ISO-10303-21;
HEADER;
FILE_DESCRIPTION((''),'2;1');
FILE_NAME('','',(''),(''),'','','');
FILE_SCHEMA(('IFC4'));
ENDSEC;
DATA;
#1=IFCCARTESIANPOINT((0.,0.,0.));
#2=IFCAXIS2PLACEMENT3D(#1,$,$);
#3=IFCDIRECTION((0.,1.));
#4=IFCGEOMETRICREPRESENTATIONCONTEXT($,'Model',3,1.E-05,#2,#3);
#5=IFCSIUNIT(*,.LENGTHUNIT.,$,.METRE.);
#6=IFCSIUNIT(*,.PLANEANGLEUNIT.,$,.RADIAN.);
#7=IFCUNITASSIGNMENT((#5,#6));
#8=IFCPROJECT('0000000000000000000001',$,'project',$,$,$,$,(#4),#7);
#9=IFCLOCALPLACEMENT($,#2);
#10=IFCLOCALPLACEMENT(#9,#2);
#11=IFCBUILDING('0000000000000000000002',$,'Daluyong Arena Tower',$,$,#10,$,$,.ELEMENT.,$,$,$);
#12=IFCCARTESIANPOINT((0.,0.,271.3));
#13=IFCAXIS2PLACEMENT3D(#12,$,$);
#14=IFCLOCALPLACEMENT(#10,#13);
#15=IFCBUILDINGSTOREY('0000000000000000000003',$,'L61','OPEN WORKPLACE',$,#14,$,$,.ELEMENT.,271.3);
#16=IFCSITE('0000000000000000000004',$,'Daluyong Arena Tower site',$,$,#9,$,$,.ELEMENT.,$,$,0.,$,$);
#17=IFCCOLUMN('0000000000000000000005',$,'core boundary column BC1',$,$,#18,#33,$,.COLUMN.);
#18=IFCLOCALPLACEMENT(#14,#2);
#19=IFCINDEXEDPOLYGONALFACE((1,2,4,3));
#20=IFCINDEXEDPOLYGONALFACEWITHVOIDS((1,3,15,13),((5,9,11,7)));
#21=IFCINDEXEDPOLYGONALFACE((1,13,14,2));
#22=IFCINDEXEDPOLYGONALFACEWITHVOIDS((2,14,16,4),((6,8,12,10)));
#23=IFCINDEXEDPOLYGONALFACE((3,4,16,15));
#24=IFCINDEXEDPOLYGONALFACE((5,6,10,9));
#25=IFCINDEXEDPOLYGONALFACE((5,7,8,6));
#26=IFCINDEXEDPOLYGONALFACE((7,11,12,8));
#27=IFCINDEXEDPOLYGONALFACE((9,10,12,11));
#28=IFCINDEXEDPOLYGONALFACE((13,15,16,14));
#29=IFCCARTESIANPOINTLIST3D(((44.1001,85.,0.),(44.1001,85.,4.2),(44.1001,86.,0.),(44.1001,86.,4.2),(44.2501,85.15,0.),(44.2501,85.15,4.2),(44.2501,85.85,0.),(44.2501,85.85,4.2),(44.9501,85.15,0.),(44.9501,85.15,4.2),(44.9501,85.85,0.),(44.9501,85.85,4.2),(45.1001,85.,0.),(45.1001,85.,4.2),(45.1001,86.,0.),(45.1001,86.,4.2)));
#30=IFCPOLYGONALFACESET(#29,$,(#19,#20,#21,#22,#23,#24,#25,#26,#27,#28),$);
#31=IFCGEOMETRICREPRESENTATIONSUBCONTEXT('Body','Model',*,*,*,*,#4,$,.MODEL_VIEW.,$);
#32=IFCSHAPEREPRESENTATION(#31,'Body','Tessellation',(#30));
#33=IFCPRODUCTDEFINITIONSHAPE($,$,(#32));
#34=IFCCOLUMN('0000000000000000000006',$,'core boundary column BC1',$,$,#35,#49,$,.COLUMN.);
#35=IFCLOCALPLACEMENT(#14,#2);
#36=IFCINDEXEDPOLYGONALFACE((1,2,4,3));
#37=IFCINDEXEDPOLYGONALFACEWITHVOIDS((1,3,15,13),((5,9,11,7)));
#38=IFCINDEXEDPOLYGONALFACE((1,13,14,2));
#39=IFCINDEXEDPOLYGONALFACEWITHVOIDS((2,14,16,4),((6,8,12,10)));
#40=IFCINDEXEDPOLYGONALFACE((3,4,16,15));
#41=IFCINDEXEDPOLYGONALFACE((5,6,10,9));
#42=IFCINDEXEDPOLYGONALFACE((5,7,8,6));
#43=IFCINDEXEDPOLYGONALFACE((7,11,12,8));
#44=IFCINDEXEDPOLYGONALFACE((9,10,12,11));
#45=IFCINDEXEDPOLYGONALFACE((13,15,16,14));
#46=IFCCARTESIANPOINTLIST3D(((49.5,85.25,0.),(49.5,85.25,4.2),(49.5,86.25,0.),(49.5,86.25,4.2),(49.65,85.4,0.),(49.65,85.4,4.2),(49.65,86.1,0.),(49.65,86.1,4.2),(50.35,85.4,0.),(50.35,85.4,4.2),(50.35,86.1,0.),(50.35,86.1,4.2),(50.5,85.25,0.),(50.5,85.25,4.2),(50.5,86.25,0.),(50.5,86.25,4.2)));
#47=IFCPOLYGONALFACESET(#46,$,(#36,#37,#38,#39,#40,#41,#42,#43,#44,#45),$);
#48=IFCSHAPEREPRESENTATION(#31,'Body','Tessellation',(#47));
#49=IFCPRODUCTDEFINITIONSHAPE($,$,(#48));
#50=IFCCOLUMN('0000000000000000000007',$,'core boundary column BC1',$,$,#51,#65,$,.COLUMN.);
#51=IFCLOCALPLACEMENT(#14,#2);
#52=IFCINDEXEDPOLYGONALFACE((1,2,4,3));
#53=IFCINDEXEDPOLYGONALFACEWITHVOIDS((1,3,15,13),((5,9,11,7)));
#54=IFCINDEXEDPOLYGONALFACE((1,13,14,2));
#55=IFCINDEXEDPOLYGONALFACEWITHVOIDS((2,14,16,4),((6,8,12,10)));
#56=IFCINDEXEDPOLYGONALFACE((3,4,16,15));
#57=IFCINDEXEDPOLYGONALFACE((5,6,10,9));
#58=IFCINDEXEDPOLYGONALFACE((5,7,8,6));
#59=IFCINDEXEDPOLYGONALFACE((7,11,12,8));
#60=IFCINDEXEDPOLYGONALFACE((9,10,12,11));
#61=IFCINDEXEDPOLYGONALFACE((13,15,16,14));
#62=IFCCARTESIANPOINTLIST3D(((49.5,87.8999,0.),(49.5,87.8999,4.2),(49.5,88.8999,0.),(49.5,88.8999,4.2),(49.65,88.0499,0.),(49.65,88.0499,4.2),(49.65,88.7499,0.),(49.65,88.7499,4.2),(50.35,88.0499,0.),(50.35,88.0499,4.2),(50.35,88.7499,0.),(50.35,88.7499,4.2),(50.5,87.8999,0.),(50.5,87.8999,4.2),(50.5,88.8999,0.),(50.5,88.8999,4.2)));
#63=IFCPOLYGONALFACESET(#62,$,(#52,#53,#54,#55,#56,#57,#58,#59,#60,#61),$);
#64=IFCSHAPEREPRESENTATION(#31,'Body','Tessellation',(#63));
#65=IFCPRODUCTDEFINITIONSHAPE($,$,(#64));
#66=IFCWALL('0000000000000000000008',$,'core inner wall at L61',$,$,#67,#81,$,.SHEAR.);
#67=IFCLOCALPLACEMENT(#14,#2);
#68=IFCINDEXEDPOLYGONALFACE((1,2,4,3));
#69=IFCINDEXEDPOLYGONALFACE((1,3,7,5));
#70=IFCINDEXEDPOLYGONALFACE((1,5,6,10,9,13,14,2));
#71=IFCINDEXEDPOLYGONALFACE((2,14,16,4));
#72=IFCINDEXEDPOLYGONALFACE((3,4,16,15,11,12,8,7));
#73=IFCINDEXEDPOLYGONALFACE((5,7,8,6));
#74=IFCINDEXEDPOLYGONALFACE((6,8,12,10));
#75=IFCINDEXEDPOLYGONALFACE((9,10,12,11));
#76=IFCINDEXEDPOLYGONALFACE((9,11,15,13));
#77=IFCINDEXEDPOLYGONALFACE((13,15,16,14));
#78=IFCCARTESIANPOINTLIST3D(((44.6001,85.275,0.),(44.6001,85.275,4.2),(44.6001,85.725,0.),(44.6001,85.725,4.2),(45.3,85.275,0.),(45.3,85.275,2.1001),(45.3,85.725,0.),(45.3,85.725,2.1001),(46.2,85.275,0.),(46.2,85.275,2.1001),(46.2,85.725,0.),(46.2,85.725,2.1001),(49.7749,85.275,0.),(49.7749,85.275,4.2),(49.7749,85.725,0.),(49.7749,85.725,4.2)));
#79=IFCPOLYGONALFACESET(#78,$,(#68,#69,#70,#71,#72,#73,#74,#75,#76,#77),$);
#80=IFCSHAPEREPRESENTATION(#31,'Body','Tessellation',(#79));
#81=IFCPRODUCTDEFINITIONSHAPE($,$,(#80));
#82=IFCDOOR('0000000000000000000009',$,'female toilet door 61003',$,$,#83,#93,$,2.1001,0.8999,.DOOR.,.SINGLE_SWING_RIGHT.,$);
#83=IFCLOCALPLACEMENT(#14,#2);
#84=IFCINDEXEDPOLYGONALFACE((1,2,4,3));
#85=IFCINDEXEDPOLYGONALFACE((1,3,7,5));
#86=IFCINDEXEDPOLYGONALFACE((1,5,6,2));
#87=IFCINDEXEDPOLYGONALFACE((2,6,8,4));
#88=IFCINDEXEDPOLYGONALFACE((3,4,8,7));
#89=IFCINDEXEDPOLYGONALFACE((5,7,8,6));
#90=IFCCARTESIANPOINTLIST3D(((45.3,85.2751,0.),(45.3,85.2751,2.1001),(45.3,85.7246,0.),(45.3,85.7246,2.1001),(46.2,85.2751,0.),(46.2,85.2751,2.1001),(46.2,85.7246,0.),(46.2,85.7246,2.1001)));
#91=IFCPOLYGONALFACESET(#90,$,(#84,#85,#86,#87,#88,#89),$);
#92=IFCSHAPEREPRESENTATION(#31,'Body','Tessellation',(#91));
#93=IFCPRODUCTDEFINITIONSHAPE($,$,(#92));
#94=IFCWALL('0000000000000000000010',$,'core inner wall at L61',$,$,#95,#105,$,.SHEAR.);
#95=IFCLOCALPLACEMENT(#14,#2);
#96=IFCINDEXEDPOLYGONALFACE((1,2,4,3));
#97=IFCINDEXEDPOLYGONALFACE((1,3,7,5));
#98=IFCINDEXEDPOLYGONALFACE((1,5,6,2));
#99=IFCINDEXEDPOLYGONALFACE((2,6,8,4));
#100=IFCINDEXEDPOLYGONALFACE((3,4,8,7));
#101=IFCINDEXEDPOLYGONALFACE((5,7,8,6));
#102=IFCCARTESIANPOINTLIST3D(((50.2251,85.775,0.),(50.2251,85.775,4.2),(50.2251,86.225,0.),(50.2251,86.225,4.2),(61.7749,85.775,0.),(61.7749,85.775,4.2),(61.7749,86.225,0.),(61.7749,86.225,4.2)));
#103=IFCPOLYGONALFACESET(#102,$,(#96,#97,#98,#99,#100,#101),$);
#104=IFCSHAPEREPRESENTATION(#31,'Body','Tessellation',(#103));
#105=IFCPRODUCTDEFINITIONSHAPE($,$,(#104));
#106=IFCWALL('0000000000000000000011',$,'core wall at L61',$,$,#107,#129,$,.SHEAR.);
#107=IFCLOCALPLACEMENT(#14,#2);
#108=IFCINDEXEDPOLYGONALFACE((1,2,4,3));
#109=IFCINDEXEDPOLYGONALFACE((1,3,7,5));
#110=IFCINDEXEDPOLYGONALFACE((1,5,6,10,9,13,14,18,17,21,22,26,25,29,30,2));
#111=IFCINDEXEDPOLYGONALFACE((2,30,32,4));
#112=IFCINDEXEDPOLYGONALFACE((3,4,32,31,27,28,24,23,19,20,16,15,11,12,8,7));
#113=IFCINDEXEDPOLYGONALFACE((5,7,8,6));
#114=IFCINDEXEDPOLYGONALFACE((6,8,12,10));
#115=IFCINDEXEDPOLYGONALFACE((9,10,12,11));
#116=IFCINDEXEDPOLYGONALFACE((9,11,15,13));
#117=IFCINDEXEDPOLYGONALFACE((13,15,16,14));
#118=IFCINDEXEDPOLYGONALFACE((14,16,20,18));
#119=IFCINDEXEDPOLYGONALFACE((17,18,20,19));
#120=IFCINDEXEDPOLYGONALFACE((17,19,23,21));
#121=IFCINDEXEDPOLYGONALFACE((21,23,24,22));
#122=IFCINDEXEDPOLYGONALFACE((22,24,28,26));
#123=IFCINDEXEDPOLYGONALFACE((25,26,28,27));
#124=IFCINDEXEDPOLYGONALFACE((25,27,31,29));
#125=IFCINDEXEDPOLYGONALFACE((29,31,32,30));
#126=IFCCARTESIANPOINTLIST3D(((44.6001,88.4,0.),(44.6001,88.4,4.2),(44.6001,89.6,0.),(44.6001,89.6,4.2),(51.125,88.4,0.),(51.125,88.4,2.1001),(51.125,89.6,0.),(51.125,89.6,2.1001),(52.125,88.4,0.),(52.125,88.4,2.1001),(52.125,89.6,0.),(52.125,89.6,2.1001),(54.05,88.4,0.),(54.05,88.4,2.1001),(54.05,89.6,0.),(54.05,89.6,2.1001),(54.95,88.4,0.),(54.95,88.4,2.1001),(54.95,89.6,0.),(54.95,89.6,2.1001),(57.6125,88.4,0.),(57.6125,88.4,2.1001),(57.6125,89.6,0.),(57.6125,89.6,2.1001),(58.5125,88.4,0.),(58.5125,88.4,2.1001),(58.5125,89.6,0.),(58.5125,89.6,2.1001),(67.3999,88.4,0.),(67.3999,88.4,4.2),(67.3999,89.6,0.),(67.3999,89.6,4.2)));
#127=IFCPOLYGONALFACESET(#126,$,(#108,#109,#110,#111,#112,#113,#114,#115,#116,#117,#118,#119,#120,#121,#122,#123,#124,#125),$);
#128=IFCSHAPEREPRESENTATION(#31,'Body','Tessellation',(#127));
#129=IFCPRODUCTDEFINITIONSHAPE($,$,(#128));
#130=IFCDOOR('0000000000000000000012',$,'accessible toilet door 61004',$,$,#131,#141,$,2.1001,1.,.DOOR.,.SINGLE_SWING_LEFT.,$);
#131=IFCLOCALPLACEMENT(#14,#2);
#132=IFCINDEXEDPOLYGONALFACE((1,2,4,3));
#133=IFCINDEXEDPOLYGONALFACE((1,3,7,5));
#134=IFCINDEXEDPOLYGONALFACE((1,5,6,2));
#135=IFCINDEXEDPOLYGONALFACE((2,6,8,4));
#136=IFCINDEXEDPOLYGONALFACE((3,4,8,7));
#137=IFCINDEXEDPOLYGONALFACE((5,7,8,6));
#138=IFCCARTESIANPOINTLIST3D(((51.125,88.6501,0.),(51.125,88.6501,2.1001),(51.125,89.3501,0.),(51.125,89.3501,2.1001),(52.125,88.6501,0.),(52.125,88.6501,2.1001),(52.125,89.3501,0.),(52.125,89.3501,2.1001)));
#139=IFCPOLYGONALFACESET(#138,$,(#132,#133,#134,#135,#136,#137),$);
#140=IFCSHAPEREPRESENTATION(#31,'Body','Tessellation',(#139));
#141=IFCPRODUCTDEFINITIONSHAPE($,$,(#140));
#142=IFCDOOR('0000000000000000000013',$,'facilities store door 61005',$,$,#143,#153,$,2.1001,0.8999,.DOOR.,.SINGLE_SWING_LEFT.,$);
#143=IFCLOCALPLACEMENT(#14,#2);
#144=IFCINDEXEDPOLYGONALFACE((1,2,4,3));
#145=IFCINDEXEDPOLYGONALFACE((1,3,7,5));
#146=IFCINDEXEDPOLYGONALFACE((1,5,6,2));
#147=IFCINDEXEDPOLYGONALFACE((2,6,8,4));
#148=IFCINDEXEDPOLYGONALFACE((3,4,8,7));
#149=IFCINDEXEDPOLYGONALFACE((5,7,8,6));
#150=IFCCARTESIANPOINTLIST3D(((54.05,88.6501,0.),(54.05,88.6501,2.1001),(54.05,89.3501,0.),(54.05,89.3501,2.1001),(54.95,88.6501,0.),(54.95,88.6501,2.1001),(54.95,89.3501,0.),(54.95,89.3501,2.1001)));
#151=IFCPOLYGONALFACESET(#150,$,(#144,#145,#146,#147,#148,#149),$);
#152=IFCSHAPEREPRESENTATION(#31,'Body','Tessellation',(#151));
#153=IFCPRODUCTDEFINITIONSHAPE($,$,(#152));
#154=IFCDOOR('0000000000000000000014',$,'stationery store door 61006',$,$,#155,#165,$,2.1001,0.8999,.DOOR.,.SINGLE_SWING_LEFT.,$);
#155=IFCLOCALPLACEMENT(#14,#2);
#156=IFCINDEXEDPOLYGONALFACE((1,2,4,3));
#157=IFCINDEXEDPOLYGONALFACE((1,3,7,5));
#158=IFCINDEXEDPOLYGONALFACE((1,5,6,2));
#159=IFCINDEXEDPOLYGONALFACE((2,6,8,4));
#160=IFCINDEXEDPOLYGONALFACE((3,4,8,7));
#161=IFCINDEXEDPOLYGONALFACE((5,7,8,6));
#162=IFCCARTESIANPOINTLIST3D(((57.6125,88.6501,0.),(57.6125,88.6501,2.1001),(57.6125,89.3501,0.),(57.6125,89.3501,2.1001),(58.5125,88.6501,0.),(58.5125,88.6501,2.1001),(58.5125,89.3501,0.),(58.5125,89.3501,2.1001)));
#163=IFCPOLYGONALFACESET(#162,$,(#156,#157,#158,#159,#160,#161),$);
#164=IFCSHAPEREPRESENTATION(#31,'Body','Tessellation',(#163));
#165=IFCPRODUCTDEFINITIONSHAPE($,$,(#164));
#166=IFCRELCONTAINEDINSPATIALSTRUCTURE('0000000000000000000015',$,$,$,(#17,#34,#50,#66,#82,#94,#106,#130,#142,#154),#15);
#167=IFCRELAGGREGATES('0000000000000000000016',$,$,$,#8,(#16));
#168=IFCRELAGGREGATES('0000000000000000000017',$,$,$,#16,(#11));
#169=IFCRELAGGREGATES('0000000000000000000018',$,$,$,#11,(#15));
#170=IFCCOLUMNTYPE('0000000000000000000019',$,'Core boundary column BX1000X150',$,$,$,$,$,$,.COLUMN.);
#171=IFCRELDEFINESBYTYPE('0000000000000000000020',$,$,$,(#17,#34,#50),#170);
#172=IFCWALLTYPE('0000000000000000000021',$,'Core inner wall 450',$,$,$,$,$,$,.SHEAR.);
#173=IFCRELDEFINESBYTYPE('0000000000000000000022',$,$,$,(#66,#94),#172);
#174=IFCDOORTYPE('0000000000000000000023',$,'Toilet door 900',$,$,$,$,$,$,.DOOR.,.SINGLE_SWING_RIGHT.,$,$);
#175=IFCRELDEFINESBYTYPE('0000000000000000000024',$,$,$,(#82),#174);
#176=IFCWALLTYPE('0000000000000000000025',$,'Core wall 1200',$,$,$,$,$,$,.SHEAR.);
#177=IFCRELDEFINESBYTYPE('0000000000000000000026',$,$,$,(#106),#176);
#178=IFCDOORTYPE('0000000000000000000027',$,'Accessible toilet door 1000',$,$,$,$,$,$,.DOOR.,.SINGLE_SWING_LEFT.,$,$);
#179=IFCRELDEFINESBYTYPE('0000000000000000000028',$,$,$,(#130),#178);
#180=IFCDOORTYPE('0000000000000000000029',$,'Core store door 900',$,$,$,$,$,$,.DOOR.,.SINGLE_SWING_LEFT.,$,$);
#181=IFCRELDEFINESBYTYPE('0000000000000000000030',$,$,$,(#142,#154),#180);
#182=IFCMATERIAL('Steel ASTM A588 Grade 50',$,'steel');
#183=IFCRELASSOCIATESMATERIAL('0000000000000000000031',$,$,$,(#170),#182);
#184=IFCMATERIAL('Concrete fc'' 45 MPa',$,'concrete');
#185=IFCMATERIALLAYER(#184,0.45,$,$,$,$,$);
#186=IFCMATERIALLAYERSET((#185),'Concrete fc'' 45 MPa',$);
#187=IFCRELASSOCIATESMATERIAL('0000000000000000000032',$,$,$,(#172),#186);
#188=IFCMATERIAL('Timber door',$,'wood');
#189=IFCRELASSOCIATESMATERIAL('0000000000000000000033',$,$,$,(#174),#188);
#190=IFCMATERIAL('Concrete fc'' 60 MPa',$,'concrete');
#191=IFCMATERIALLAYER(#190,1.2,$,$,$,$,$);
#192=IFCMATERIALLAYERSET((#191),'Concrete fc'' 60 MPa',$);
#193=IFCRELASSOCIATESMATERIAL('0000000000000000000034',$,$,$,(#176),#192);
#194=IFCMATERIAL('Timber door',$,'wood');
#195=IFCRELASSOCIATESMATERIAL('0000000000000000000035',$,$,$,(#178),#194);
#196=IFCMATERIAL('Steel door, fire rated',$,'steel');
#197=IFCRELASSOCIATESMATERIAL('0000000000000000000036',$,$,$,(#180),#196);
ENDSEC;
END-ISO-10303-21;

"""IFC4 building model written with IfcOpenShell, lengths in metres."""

from ifc_helpers import new_model, si_unit, direction, frame, frame_2d, origin, origin_2d, place, context, subcontext, project, spatial, rectangle, hollow_rectangle, extrude, material, layer, layer_set, material_profile, profile_set, type_object, element, fill, save


model = new_model("IFC4")

# Units and contexts
model_context = context("Model", 3, precision=1e-05, world=origin(), true_north=direction((0.0, 1.0)))
body_context = subcontext(model_context, "Body", "Model", "MODEL_VIEW")
ifc_project = project(units=[si_unit("LENGTHUNIT", "METRE"), si_unit("PLANEANGLEUNIT", "RADIAN")], contexts=[model_context])

# Site, building, storey
site_placement = place(None, origin())
site = spatial("IfcSite", under=ifc_project, at=site_placement, Name="Daluyong Arena Tower site", CompositionType="ELEMENT", RefElevation=0.0)
building_placement = place(site_placement, origin())
building = spatial("IfcBuilding", under=site, at=building_placement, Name="Daluyong Arena Tower", CompositionType="ELEMENT")
storey_placement = place(building_placement, frame((0.0, 0.0, 271.3)))
storey = spatial("IfcBuildingStorey", under=building, at=storey_placement, Name="L61", Description="OPEN WORKPLACE", CompositionType="ELEMENT", Elevation=271.3)

# Columns
ifc_material_1 = material(Name="Steel ASTM A588 Grade 50", Category="steel")
ifc_material_profile = material_profile(ifc_material_1, hollow_rectangle(XDim=1.0, YDim=1.0, WallThickness=0.15, at=origin_2d()))
ifc_profile_set = profile_set([ifc_material_profile], Name="Steel ASTM A588 Grade 50")
column_type = type_object("IfcColumnType", Name="Core boundary column BX1000X150", PredefinedType="COLUMN", material=ifc_profile_set)
for number, where, z_axis, x_axis, name in (
    (1, (44.6001, 85.5, 0.0), (0.0, 0.0, 1.0), (1.0, 0.0, 0.0), "core boundary column BC1"),
    (2, (50.0, 85.75, 0.0), (0.0, 0.0, 1.0), (1.0, 0.0, 0.0), "core boundary column BC1"),
    (3, (50.0, 88.3999, 0.0), (0.0, 0.0, 1.0), (1.0, 0.0, 0.0), "core boundary column BC1"),
):
    element("IfcColumn", number, at=place(storey_placement, frame(where, z_axis=z_axis, x_axis=x_axis)), inside=storey, type_object=column_type, Name=name, PredefinedType="COLUMN", context=body_context, shape_type="SweptSolid", body=[
        extrude(hollow_rectangle(XDim=1.0, YDim=1.0, WallThickness=0.15, at=origin_2d()), origin(), (0.0, 0.0, 1.0), 4.2),
    ])

# Wall, opening, door
ifc_material_2 = material(Name="Concrete fc' 45 MPa", Category="concrete")
ifc_layer_1 = layer(ifc_material_2, 0.45)
ifc_layer_set_1 = layer_set([ifc_layer_1], Name="Concrete fc' 45 MPa")
wall_type_1 = type_object("IfcWallType", Name="Core inner wall 450", PredefinedType="SHEAR", material=ifc_layer_set_1)
wall_1_placement = place(storey_placement, frame((44.6001, 85.5, 0.0), z_axis=(0.0, 0.0, 1.0), x_axis=(1.0, 0.0, 0.0)))
wall_1 = element("IfcWall", 4, at=wall_1_placement, inside=storey, type_object=wall_type_1, Name="core inner wall at L61", PredefinedType="SHEAR", context=body_context, shape_type="SweptSolid", body=[
    extrude(rectangle(XDim=5.1748, YDim=0.45, at=frame_2d((2.5874, 0.0))), origin(), (0.0, 0.0, 1.0), 4.2),
])
opening_1_placement = place(wall_1_placement, frame((0.7, 0.0, 0.0)))
opening_1 = element("IfcOpeningElement", 5, at=opening_1_placement, cuts=wall_1, PredefinedType="OPENING", context=body_context, shape_type="SweptSolid", body=[
    extrude(rectangle(XDim=0.8999, YDim=2.1001, at=frame_2d((0.45, 1.05))), frame((0.0, 0.2349, 0.0), z_axis=(0.0, -1.0, 0.0), x_axis=(1.0, 0.0, 0.0)), (0.0, 0.0, 1.0), 0.47),
])
ifc_material_3 = material(Name="Timber door", Category="wood")
door_type_1 = type_object("IfcDoorType", Name="Toilet door 900", OperationType="SINGLE_SWING_RIGHT", PredefinedType="DOOR", material=ifc_material_3)
door_1_placement = place(opening_1_placement, origin())
door_1 = element("IfcDoor", 6, at=door_1_placement, inside=storey, type_object=door_type_1, Name="female toilet door 61003", OperationType="SINGLE_SWING_RIGHT", OverallHeight=2.1001, OverallWidth=0.8999, PredefinedType="DOOR", context=body_context, shape_type="SweptSolid", body=[
    extrude(rectangle(XDim=0.8999, YDim=2.1001, at=frame_2d((0.45, 1.05))), frame((0.0, 0.2246, 0.0), z_axis=(0.0, -1.0, 0.0), x_axis=(1.0, 0.0, 0.0)), (0.0, 0.0, 1.0), 0.4495),
])
fill(opening_1, door_1)

# Wall
wall_2_placement = place(storey_placement, frame((50.2251, 86.0, 0.0), z_axis=(0.0, 0.0, 1.0), x_axis=(1.0, 0.0, 0.0)))
element("IfcWall", 7, at=wall_2_placement, inside=storey, type_object=wall_type_1, Name="core inner wall at L61", PredefinedType="SHEAR", context=body_context, shape_type="SweptSolid", body=[
    extrude(rectangle(XDim=11.5498, YDim=0.45, at=frame_2d((5.7749, 0.0))), origin(), (0.0, 0.0, 1.0), 4.2),
])

# Wall, openings, doors
ifc_material_4 = material(Name="Concrete fc' 60 MPa", Category="concrete")
ifc_layer_2 = layer(ifc_material_4, 1.2)
ifc_layer_set_2 = layer_set([ifc_layer_2], Name="Concrete fc' 60 MPa")
wall_type_2 = type_object("IfcWallType", Name="Core wall 1200", PredefinedType="SHEAR", material=ifc_layer_set_2)
wall_3_placement = place(storey_placement, frame((44.6001, 89.0, 0.0), z_axis=(0.0, 0.0, 1.0), x_axis=(1.0, 0.0, 0.0)))
wall_3 = element("IfcWall", 8, at=wall_3_placement, inside=storey, type_object=wall_type_2, Name="core wall at L61", PredefinedType="SHEAR", context=body_context, shape_type="SweptSolid", body=[
    extrude(rectangle(XDim=22.7998, YDim=1.2, at=frame_2d((11.3999, 0.0))), origin(), (0.0, 0.0, 1.0), 4.2),
])
opening_2_placement = place(wall_3_placement, frame((6.5249, 0.0, 0.0)))
opening_2 = element("IfcOpeningElement", 9, at=opening_2_placement, cuts=wall_3, PredefinedType="OPENING", context=body_context, shape_type="SweptSolid", body=[
    extrude(rectangle(XDim=1.0, YDim=2.1001, at=frame_2d((0.5, 1.05))), frame((0.0, 0.6099, 0.0), z_axis=(0.0, -1.0, 0.0), x_axis=(1.0, 0.0, 0.0)), (0.0, 0.0, 1.0), 1.22),
])
opening_3_placement = place(wall_3_placement, frame((9.45, 0.0, 0.0)))
opening_3 = element("IfcOpeningElement", 10, at=opening_3_placement, cuts=wall_3, PredefinedType="OPENING", context=body_context, shape_type="SweptSolid", body=[
    extrude(rectangle(XDim=0.8999, YDim=2.1001, at=frame_2d((0.45, 1.05))), frame((0.0, 0.6099, 0.0), z_axis=(0.0, -1.0, 0.0), x_axis=(1.0, 0.0, 0.0)), (0.0, 0.0, 1.0), 1.22),
])
opening_4_placement = place(wall_3_placement, frame((13.0125, 0.0, 0.0)))
opening_4 = element("IfcOpeningElement", 11, at=opening_4_placement, cuts=wall_3, PredefinedType="OPENING", context=body_context, shape_type="SweptSolid", body=[
    extrude(rectangle(XDim=0.8999, YDim=2.1001, at=frame_2d((0.45, 1.05))), frame((0.0, 0.6099, 0.0), z_axis=(0.0, -1.0, 0.0), x_axis=(1.0, 0.0, 0.0)), (0.0, 0.0, 1.0), 1.22),
])
ifc_material_5 = material(Name="Timber door", Category="wood")
door_type_2 = type_object("IfcDoorType", Name="Accessible toilet door 1000", OperationType="SINGLE_SWING_LEFT", PredefinedType="DOOR", material=ifc_material_5)
door_2_placement = place(opening_2_placement, origin())
door_2 = element("IfcDoor", 12, at=door_2_placement, inside=storey, type_object=door_type_2, Name="accessible toilet door 61004", OperationType="SINGLE_SWING_LEFT", OverallHeight=2.1001, OverallWidth=1.0, PredefinedType="DOOR", context=body_context, shape_type="SweptSolid", body=[
    extrude(rectangle(XDim=1.0, YDim=2.1001, at=frame_2d((0.5, 1.05))), frame((0.0, 0.3501, 0.0), z_axis=(0.0, -1.0, 0.0), x_axis=(1.0, 0.0, 0.0)), (0.0, 0.0, 1.0), 0.7),
])
fill(opening_2, door_2)
ifc_material_6 = material(Name="Steel door, fire rated", Category="steel")
door_type_3 = type_object("IfcDoorType", Name="Core store door 900", OperationType="SINGLE_SWING_LEFT", PredefinedType="DOOR", material=ifc_material_6)
door_3_placement = place(opening_3_placement, origin())
door_3 = element("IfcDoor", 13, at=door_3_placement, inside=storey, type_object=door_type_3, Name="facilities store door 61005", OperationType="SINGLE_SWING_LEFT", OverallHeight=2.1001, OverallWidth=0.8999, PredefinedType="DOOR", context=body_context, shape_type="SweptSolid", body=[
    extrude(rectangle(XDim=0.8999, YDim=2.1001, at=frame_2d((0.45, 1.05))), frame((0.0, 0.3501, 0.0), z_axis=(0.0, -1.0, 0.0), x_axis=(1.0, 0.0, 0.0)), (0.0, 0.0, 1.0), 0.7),
])
fill(opening_3, door_3)
door_4_placement = place(opening_4_placement, origin())
door_4 = element("IfcDoor", 14, at=door_4_placement, inside=storey, type_object=door_type_3, Name="stationery store door 61006", OperationType="SINGLE_SWING_LEFT", OverallHeight=2.1001, OverallWidth=0.8999, PredefinedType="DOOR", context=body_context, shape_type="SweptSolid", body=[
    extrude(rectangle(XDim=0.8999, YDim=2.1001, at=frame_2d((0.45, 1.05))), frame((0.0, 0.3501, 0.0), z_axis=(0.0, -1.0, 0.0), x_axis=(1.0, 0.0, 0.0)), (0.0, 0.0, 1.0), 0.7),
])
fill(opening_4, door_4)

save(model, "model.ifc")
